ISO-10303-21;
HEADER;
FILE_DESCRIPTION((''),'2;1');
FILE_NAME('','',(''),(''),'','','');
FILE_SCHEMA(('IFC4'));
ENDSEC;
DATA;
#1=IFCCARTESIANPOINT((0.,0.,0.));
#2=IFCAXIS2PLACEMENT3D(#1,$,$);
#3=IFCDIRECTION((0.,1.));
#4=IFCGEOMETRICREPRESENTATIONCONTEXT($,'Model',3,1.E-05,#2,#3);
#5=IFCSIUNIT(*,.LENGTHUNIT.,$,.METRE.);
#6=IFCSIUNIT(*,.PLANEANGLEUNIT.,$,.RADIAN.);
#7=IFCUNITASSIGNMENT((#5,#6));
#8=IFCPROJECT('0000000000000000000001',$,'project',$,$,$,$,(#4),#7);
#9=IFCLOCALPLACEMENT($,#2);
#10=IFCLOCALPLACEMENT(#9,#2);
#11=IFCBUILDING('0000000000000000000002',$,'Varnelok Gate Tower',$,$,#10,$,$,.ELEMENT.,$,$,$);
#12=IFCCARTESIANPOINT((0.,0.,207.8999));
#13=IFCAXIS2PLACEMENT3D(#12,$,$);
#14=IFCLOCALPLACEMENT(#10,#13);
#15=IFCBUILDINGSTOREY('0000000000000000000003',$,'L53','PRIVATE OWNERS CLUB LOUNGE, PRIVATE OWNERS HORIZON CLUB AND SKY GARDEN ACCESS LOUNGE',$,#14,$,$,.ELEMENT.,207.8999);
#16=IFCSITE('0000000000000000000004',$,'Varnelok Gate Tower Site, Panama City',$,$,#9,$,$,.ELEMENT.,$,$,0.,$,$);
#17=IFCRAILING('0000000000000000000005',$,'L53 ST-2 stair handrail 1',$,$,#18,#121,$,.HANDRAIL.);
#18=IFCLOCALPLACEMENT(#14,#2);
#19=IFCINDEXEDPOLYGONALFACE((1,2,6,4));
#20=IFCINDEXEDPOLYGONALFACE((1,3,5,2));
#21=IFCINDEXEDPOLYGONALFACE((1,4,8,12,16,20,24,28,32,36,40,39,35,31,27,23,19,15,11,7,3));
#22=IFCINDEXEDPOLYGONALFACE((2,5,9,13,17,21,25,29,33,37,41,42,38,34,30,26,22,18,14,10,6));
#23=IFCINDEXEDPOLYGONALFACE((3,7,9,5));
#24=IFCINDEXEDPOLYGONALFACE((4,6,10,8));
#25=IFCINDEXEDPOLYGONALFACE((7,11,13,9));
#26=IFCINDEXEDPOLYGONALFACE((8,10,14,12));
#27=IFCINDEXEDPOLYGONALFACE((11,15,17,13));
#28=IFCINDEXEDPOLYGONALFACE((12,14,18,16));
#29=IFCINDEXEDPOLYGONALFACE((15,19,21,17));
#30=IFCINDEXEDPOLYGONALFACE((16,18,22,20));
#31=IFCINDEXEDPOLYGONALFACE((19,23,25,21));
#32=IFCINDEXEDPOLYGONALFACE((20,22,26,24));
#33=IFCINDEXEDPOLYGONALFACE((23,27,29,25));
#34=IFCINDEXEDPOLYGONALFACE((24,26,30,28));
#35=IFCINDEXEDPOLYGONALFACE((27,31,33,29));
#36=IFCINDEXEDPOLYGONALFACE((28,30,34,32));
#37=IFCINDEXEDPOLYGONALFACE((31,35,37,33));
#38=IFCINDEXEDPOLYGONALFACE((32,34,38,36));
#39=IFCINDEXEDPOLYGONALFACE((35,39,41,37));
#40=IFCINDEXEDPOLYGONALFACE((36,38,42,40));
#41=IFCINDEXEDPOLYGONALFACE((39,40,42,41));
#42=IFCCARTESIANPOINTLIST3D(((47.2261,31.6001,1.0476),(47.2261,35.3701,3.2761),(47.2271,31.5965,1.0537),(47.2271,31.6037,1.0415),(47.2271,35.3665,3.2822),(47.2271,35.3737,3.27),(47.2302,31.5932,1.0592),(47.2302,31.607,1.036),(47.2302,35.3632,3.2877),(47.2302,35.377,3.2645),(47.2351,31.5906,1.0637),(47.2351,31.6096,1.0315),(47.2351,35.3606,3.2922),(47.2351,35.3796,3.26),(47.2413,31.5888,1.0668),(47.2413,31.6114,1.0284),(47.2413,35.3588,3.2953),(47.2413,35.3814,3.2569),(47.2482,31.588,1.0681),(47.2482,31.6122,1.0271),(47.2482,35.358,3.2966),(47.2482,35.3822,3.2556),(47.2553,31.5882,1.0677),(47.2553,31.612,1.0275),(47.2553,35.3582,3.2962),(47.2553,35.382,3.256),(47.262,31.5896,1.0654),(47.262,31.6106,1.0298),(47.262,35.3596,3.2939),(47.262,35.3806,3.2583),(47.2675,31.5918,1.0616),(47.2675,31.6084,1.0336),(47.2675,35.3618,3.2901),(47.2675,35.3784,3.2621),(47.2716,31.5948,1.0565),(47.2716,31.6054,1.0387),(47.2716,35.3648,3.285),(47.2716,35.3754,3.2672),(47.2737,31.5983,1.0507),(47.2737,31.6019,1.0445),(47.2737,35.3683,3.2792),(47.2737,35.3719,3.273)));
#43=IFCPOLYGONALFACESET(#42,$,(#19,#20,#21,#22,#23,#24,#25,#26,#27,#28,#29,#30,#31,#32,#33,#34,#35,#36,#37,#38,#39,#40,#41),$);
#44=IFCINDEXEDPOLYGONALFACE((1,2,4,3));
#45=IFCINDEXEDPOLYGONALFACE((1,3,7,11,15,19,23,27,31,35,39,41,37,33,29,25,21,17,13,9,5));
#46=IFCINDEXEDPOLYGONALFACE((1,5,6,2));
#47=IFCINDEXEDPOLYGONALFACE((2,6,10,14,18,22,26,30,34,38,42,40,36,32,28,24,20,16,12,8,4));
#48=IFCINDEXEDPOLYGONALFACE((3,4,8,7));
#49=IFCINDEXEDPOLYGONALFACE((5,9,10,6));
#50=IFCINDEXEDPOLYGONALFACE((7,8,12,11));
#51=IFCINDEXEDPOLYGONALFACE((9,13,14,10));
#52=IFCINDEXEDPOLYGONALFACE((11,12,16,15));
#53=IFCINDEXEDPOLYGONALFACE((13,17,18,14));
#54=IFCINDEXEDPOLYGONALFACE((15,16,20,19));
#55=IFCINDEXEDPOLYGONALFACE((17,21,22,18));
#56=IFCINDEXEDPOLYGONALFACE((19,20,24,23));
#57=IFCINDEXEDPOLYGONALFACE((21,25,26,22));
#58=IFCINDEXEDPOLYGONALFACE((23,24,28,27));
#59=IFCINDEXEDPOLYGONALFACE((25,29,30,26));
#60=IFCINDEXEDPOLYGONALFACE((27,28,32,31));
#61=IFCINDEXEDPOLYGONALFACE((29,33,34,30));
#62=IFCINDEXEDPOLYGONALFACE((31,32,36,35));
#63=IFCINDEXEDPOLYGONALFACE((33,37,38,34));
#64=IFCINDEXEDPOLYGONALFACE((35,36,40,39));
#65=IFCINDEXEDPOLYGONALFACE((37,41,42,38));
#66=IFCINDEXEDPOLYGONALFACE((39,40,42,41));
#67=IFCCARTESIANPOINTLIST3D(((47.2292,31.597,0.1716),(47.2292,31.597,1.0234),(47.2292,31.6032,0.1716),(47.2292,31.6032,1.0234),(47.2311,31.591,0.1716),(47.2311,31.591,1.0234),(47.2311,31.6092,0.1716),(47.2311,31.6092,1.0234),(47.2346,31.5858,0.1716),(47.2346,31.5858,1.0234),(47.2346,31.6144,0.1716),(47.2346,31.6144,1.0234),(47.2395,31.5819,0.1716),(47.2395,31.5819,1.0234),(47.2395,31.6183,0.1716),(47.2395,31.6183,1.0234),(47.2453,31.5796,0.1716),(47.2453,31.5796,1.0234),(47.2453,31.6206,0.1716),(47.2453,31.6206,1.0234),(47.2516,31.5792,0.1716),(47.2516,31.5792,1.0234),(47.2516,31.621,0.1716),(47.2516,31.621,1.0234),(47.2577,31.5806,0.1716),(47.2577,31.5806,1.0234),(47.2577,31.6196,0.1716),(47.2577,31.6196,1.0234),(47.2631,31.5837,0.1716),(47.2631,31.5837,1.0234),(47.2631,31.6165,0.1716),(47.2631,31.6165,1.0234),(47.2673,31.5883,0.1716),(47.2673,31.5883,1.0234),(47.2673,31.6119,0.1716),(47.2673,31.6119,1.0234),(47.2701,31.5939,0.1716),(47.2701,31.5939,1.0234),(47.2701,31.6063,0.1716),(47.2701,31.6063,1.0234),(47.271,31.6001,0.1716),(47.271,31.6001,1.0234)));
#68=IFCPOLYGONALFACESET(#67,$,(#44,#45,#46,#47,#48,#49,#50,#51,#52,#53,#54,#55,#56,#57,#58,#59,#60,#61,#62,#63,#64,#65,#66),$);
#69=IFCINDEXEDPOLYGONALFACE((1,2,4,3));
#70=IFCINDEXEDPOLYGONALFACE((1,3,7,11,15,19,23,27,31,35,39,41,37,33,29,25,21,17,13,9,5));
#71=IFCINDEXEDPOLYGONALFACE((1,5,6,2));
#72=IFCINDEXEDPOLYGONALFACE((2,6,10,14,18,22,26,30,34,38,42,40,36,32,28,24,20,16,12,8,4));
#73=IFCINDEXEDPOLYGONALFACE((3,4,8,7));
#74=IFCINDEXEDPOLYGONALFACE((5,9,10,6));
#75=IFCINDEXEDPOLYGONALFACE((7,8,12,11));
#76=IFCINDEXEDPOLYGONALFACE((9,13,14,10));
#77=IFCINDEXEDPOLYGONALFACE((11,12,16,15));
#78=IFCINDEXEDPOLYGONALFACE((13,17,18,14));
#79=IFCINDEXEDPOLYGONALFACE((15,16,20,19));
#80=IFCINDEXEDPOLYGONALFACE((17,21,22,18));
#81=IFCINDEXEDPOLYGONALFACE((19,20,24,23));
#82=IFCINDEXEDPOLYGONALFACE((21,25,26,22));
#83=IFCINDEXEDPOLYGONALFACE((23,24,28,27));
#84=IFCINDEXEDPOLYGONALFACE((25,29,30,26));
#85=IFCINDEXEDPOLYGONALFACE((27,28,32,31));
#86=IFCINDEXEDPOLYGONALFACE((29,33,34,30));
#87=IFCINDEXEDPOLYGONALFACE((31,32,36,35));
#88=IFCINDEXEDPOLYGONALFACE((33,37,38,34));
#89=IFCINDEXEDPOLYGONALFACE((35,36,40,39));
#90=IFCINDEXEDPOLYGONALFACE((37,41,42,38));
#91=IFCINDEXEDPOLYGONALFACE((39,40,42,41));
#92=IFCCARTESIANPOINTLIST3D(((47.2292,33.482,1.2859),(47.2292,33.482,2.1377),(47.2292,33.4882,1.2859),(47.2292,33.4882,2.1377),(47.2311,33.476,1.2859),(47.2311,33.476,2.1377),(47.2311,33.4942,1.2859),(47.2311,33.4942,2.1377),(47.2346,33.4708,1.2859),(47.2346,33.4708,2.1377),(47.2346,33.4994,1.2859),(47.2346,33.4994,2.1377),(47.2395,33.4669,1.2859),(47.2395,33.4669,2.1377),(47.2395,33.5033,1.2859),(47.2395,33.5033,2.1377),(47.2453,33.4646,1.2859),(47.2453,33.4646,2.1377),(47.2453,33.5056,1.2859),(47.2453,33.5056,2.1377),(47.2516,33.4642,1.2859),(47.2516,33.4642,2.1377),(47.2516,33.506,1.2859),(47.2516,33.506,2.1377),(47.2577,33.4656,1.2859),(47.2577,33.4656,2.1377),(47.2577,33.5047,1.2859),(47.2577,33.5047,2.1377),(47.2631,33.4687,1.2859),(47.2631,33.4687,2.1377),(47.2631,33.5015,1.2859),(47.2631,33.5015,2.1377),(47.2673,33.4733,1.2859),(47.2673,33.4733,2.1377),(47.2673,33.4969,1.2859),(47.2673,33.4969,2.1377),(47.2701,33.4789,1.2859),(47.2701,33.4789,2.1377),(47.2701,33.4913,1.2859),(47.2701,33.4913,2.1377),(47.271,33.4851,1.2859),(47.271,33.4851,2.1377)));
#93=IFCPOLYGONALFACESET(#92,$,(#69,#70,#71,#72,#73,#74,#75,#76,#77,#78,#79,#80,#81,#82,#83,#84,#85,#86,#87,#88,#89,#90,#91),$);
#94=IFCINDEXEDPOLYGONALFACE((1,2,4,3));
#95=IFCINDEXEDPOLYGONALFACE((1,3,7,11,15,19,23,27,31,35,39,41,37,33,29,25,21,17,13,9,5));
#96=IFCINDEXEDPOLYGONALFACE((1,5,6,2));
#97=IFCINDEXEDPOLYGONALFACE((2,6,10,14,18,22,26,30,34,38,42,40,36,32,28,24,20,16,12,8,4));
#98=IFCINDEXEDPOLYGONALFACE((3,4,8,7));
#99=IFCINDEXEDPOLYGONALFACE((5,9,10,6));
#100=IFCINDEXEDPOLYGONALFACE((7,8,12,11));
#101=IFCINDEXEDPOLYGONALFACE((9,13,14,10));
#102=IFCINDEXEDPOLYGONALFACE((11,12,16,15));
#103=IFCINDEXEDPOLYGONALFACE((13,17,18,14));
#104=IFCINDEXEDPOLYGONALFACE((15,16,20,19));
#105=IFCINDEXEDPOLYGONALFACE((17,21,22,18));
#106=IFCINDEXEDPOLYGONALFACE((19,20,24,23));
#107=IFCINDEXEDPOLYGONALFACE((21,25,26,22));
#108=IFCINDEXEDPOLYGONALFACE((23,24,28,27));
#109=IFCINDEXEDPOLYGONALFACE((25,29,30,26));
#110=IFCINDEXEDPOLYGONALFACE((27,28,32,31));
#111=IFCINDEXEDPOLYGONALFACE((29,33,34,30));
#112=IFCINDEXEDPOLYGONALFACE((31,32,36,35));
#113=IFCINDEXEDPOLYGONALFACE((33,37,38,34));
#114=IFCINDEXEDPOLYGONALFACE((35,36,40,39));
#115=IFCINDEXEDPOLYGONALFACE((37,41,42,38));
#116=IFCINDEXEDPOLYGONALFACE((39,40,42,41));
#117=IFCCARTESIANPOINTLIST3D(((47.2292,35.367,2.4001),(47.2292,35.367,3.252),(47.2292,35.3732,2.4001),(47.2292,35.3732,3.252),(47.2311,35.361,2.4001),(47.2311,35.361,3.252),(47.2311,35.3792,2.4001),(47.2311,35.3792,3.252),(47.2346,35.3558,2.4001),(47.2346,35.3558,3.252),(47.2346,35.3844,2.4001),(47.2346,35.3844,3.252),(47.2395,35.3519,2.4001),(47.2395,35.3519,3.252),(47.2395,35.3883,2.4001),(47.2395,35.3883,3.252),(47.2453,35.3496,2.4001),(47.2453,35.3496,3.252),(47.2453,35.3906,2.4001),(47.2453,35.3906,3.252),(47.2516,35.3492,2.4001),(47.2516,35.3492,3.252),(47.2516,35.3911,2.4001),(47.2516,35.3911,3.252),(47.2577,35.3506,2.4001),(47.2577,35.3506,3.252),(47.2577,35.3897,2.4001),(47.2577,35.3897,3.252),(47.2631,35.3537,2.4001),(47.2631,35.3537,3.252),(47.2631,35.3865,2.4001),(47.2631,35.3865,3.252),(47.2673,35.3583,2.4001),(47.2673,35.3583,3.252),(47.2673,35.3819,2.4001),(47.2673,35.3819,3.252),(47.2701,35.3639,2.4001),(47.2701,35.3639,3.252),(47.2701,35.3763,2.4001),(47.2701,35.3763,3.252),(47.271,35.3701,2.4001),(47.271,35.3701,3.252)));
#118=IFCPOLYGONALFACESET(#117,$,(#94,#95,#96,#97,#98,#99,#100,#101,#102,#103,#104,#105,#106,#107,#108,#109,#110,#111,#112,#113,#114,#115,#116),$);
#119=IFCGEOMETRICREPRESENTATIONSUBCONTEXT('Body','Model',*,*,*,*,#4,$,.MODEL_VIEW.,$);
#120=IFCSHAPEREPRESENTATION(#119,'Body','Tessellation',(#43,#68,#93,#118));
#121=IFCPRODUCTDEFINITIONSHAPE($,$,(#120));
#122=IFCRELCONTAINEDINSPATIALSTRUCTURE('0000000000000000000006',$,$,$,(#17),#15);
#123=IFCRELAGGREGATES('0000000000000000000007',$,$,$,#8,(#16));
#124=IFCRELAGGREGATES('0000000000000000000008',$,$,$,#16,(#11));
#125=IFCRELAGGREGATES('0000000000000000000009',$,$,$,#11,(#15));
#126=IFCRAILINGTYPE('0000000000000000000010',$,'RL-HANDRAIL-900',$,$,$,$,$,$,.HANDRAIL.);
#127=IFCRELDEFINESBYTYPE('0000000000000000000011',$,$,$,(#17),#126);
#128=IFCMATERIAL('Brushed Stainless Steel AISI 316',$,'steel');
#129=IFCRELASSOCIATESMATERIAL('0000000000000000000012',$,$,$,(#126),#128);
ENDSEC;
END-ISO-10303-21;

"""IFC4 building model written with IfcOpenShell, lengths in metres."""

from ifc_helpers import new_model, si_unit, direction, frame, origin, origin_2d, place, context, subcontext, project, spatial, circle, extrude, material, type_object, element, save


model = new_model("IFC4")

# Units and contexts
model_context = context("Model", 3, precision=1e-05, world=origin(), true_north=direction((0.0, 1.0)))
body_context = subcontext(model_context, "Body", "Model", "MODEL_VIEW")
ifc_project = project(units=[si_unit("LENGTHUNIT", "METRE"), si_unit("PLANEANGLEUNIT", "RADIAN")], contexts=[model_context])

# Site, building, storey
site_placement = place(None, origin())
site = spatial("IfcSite", under=ifc_project, at=site_placement, Name="Varnelok Gate Tower Site, Panama City", CompositionType="ELEMENT", RefElevation=0.0)
building_placement = place(site_placement, origin())
building = spatial("IfcBuilding", under=site, at=building_placement, Name="Varnelok Gate Tower", CompositionType="ELEMENT")
storey_placement = place(building_placement, frame((0.0, 0.0, 207.8999)))
storey = spatial("IfcBuildingStorey", under=building, at=storey_placement, Name="L53", Description="PRIVATE OWNERS CLUB LOUNGE, PRIVATE OWNERS HORIZON CLUB AND SKY GARDEN ACCESS LOUNGE", CompositionType="ELEMENT", Elevation=207.8999)

# Railing
ifc_material_1 = material(Name="Brushed Stainless Steel AISI 316", Category="steel")
railing_type = type_object("IfcRailingType", Name="RL-HANDRAIL-900", PredefinedType="HANDRAIL", material=ifc_material_1)
railing_placement = place(storey_placement, frame((47.25, 31.6001, 0.1716)))
element("IfcRailing", 1, at=railing_placement, inside=storey, type_object=railing_type, Name="L53 ST-2 stair handrail 1", PredefinedType="HANDRAIL", context=body_context, shape_type="SweptSolid", body=[
    extrude(circle(Radius=0.0239, at=origin_2d()), frame((0.0, 0.0, 0.876), z_axis=(0.0, 0.860849, 0.508861), x_axis=(-1.0, 0.0, 0.0)), (0.0, 0.0, 1.0), 4.3794),
    extrude(circle(Radius=0.021, at=origin_2d()), origin(), (0.0, 0.0, 1.0), 0.8518),
    extrude(circle(Radius=0.021, at=origin_2d()), frame((0.0, 1.885, 1.1143)), (0.0, 0.0, 1.0), 0.8518),
    extrude(circle(Radius=0.021, at=origin_2d()), frame((0.0, 3.77, 2.2285)), (0.0, 0.0, 1.0), 0.8518),
])

save(model, "model.ifc")
